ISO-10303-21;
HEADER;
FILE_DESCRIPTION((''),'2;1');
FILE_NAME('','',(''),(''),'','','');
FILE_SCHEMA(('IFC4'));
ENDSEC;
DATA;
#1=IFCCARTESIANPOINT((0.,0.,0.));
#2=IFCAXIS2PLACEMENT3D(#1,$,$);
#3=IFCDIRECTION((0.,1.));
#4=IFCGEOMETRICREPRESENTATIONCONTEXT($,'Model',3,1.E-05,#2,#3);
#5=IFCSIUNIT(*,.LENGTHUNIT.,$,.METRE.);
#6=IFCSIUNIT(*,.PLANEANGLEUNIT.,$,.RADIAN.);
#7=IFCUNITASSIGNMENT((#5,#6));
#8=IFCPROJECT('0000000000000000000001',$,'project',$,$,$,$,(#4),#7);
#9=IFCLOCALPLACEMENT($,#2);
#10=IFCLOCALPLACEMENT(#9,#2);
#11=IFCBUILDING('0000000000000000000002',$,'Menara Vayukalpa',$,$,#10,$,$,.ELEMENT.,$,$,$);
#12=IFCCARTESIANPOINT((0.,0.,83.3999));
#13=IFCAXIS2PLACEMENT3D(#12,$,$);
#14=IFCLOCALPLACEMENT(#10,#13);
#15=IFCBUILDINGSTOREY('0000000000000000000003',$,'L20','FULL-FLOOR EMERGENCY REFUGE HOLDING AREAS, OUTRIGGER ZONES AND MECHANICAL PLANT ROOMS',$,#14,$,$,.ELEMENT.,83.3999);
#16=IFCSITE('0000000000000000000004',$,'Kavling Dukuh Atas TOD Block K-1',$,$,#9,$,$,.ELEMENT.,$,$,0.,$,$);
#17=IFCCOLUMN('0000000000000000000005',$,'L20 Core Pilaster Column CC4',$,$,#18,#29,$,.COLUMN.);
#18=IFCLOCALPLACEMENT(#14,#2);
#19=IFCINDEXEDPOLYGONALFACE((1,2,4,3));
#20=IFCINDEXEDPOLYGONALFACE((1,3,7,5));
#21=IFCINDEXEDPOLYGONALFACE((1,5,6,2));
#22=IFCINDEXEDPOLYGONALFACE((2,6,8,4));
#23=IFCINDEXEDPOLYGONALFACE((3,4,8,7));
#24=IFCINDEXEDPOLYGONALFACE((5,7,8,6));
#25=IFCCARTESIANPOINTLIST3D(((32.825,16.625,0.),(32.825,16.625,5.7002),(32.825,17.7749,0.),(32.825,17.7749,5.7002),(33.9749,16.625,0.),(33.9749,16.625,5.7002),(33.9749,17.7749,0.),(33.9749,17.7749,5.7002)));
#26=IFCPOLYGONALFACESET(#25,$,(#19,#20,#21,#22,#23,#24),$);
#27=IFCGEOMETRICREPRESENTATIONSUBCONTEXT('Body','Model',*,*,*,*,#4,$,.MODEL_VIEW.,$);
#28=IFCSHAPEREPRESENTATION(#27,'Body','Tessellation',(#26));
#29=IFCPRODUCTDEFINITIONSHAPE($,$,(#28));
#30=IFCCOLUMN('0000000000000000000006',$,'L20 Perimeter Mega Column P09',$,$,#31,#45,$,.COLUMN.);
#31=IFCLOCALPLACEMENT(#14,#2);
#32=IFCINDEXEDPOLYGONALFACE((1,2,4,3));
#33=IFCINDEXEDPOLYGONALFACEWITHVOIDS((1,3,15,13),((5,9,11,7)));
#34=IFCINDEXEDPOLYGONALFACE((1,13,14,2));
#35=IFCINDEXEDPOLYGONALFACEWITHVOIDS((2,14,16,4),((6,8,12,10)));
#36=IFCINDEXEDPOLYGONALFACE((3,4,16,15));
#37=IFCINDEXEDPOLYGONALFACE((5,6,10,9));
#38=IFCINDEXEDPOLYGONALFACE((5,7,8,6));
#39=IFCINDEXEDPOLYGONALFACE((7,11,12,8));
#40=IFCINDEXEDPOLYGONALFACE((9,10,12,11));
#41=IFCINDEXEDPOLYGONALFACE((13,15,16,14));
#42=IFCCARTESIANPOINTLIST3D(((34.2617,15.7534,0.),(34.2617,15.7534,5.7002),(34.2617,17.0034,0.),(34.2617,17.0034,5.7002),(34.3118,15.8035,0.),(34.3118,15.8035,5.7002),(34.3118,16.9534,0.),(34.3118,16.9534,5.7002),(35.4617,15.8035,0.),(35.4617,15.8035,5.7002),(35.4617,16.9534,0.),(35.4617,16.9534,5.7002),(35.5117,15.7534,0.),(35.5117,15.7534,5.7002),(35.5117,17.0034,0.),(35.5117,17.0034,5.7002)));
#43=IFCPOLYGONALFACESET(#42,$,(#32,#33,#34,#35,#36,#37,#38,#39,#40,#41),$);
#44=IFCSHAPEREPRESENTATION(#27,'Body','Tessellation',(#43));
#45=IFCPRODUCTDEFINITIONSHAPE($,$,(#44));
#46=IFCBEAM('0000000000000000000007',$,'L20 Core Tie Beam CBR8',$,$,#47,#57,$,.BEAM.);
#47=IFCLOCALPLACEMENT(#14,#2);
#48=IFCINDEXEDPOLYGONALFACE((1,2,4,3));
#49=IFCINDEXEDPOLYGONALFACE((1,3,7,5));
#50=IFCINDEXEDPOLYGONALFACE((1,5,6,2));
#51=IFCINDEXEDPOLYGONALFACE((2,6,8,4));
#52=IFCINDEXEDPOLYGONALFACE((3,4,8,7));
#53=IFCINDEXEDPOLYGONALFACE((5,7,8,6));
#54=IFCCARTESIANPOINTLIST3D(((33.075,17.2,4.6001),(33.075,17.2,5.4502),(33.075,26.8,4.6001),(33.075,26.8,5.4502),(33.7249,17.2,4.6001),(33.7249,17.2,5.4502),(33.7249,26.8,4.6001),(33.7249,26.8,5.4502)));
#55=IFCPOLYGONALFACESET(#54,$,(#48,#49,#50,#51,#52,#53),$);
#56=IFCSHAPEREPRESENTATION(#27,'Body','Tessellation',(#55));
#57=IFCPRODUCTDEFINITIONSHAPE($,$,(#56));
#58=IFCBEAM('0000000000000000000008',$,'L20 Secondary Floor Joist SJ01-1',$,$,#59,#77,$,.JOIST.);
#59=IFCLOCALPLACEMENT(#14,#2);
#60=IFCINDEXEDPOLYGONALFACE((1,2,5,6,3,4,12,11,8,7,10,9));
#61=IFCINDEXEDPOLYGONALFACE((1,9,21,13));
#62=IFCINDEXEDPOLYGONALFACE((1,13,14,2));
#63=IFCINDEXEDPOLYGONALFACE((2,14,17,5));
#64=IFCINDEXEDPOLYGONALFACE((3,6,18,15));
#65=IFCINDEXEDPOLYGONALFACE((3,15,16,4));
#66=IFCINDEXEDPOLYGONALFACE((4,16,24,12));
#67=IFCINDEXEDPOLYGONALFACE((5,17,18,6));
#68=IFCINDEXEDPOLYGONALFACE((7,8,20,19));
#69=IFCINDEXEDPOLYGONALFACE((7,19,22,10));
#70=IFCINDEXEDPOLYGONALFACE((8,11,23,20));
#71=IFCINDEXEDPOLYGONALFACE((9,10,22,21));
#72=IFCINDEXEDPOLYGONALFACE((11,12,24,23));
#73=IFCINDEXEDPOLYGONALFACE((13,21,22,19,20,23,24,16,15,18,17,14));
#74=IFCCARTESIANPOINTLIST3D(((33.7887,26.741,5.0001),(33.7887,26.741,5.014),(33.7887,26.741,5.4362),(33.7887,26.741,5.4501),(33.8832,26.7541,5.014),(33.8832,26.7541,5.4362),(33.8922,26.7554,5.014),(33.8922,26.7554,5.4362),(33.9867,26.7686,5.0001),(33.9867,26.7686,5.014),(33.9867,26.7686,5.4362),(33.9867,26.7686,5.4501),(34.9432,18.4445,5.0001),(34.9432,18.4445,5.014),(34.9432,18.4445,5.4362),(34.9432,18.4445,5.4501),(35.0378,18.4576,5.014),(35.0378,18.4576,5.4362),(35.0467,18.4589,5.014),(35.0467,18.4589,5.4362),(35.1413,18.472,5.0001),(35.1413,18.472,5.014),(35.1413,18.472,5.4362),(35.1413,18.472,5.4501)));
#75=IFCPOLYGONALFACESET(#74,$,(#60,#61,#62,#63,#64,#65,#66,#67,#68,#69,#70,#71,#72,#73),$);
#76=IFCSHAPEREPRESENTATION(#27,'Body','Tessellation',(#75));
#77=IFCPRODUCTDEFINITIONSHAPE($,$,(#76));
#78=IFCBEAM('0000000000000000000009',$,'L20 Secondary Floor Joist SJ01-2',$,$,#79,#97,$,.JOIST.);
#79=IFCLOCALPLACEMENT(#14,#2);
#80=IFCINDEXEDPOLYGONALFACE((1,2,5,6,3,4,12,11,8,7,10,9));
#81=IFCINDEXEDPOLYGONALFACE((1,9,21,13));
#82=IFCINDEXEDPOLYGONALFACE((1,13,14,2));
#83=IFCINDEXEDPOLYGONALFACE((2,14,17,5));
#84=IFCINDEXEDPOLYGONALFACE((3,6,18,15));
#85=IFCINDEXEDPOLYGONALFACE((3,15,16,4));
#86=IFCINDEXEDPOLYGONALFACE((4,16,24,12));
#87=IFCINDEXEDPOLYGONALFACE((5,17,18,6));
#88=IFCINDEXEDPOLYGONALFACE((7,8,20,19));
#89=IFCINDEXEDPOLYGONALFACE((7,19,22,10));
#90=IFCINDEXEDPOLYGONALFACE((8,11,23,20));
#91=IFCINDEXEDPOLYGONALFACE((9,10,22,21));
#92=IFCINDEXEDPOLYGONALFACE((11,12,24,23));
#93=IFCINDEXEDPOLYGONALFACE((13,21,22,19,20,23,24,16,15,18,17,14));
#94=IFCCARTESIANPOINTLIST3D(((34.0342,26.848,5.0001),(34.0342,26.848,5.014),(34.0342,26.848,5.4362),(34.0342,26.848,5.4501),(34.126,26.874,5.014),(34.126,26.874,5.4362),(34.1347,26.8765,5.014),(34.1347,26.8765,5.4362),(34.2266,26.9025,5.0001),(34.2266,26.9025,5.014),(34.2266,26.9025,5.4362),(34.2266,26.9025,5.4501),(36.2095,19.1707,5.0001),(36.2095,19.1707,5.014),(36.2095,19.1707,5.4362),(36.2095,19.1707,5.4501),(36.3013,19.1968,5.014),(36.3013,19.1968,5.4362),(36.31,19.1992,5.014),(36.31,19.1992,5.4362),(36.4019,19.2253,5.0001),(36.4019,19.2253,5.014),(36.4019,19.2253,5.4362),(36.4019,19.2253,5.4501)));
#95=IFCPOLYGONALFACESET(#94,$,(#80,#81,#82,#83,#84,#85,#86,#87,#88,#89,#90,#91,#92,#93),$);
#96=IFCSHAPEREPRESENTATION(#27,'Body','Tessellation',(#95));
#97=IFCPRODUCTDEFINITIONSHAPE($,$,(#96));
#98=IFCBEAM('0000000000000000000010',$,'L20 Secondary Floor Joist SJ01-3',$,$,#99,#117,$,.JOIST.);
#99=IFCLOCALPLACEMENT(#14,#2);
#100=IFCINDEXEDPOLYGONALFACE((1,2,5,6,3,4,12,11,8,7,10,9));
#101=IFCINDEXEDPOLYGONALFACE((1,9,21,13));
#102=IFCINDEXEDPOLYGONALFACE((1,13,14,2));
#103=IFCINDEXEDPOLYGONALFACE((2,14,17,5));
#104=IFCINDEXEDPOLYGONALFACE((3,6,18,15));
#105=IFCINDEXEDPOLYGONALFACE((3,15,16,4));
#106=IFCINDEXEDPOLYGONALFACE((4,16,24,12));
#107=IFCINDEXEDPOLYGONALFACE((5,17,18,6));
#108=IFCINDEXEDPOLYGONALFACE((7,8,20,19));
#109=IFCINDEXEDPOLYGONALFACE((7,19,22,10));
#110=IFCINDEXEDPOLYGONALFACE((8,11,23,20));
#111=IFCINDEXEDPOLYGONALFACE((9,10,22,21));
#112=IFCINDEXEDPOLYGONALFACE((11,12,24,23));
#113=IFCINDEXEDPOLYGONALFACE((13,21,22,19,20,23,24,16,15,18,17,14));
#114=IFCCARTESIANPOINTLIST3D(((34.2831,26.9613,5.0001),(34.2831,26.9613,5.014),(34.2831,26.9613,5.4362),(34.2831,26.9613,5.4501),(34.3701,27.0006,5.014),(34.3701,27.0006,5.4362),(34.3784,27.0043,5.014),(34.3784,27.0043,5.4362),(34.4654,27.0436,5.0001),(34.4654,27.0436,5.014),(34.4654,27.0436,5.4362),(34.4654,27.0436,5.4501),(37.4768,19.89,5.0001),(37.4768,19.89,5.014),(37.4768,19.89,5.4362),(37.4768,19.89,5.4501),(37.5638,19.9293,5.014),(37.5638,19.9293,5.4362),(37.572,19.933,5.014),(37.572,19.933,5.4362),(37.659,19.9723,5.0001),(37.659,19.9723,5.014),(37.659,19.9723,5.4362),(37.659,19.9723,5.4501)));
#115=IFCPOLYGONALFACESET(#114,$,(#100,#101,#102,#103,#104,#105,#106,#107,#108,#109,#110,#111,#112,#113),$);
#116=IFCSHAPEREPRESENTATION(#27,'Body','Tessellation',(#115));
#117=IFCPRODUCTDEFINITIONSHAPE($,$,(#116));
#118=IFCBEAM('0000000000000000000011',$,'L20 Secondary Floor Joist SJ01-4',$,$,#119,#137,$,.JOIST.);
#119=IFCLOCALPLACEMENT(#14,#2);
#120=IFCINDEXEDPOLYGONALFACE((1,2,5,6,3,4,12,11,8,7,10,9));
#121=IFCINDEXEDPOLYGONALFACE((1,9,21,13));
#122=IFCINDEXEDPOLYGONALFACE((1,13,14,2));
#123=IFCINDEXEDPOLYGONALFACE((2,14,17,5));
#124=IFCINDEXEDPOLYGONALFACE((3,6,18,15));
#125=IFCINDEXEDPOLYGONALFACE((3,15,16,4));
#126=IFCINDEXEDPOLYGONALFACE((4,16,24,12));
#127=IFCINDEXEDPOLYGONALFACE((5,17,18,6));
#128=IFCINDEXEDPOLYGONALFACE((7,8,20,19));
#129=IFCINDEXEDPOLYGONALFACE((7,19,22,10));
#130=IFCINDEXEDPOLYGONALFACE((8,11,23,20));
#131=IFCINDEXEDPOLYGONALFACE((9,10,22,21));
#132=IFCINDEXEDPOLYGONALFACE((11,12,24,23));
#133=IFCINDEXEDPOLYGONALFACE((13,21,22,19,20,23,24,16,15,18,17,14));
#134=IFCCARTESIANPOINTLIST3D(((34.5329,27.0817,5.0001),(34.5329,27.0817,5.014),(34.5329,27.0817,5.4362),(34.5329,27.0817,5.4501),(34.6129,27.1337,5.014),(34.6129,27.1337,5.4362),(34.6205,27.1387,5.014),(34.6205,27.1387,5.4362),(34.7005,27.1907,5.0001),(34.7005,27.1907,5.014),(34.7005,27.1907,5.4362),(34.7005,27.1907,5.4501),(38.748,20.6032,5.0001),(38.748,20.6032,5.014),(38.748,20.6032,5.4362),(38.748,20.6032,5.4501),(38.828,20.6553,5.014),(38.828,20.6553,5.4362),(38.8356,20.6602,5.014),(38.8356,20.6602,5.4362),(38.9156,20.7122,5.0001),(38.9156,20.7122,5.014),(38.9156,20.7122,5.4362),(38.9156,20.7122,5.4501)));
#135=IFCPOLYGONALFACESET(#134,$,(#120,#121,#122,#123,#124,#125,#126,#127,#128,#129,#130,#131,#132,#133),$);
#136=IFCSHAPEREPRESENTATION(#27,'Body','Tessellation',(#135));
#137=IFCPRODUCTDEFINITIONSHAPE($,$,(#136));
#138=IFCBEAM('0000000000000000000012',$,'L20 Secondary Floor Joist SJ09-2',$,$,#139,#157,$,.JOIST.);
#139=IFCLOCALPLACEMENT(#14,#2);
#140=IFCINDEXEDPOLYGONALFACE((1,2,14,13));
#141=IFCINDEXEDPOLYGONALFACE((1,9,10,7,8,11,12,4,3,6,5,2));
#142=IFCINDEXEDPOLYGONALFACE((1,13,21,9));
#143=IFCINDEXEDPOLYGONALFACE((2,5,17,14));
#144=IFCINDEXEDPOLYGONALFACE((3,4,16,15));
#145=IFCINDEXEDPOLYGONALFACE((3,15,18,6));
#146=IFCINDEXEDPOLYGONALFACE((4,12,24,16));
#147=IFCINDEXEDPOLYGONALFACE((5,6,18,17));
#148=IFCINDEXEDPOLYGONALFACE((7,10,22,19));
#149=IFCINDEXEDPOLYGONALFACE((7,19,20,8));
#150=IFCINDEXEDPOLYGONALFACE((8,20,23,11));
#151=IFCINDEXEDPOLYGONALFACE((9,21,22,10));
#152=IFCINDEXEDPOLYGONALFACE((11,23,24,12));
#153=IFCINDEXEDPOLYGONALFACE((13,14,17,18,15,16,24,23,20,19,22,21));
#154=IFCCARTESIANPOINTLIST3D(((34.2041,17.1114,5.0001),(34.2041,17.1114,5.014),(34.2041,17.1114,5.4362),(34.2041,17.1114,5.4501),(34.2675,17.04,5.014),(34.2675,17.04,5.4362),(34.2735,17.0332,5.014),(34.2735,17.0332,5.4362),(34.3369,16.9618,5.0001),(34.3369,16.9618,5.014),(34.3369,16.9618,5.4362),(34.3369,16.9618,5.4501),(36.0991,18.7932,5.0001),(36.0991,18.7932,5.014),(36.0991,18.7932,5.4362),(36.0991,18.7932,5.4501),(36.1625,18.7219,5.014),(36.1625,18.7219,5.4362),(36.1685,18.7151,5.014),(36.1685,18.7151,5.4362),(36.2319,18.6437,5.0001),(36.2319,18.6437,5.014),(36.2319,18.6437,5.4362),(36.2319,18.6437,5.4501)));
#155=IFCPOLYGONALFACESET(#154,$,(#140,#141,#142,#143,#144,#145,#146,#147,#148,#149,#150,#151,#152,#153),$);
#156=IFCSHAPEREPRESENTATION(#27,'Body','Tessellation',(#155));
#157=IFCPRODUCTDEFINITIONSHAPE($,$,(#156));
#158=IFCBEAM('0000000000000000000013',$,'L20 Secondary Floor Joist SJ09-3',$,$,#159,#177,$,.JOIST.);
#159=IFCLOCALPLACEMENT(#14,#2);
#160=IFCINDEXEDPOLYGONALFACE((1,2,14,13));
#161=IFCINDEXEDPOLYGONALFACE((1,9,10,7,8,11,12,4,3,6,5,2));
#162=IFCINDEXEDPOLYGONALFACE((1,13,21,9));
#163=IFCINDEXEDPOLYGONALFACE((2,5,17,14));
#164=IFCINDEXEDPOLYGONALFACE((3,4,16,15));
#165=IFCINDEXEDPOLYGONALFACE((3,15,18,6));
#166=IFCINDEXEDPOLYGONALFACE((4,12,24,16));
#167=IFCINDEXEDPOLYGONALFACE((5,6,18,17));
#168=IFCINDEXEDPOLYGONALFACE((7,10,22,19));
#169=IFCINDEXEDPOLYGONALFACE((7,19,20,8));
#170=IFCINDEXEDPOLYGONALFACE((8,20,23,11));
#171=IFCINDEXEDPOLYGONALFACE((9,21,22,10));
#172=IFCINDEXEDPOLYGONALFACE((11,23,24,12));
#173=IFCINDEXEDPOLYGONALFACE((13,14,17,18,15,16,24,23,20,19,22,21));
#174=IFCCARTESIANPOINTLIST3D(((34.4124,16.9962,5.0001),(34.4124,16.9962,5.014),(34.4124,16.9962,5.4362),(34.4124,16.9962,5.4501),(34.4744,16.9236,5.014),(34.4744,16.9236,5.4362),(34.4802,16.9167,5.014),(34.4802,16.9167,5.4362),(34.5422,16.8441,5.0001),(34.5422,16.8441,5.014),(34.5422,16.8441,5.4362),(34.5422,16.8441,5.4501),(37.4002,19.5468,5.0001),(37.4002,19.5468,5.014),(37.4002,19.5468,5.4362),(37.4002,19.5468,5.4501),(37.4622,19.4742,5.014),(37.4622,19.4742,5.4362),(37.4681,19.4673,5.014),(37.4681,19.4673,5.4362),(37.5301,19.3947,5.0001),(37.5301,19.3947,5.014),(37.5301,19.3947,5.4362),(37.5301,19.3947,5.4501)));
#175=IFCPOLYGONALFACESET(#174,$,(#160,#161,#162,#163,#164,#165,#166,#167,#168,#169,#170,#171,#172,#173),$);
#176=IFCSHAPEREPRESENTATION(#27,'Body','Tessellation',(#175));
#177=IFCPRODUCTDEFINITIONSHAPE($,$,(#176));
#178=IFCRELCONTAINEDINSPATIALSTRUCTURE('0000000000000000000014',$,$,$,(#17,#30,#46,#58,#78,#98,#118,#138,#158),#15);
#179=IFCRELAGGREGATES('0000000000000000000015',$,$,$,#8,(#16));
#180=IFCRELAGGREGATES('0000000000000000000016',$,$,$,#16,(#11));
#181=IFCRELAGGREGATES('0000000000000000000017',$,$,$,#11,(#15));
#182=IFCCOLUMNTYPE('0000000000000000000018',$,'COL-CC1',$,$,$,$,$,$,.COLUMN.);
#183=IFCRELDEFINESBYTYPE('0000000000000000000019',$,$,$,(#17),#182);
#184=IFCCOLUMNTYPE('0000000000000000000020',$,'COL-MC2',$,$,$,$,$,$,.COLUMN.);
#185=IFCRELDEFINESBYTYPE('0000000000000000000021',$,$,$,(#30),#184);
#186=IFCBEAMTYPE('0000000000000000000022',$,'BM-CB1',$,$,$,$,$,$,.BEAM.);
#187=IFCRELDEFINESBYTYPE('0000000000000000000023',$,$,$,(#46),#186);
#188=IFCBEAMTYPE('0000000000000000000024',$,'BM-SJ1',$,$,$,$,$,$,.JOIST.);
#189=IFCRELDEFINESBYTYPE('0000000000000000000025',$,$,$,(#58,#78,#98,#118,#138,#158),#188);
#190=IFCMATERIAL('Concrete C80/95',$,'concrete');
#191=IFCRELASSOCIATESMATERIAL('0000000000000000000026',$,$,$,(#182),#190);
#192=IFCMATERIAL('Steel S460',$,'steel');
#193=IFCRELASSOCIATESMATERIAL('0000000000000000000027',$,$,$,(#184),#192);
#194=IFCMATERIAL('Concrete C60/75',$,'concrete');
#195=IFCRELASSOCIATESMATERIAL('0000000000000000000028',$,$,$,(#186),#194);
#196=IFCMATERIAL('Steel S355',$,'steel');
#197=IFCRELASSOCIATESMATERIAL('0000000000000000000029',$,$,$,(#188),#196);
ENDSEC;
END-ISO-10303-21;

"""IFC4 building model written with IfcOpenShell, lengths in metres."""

from ifc_helpers import new_model, si_unit, direction, frame, origin, origin_2d, place, context, subcontext, project, spatial, rectangle, hollow_rectangle, i_section, extrude, material, material_profile, profile_set, type_object, element, save


model = new_model("IFC4")

# Units and contexts
model_context = context("Model", 3, precision=1e-05, world=origin(), true_north=direction((0.0, 1.0)))
body_context = subcontext(model_context, "Body", "Model", "MODEL_VIEW")
ifc_project = project(units=[si_unit("LENGTHUNIT", "METRE"), si_unit("PLANEANGLEUNIT", "RADIAN")], contexts=[model_context])

# Site, building, storey
site_placement = place(None, origin())
site = spatial("IfcSite", under=ifc_project, at=site_placement, Name="Kavling Dukuh Atas TOD Block K-1", CompositionType="ELEMENT", RefElevation=0.0)
building_placement = place(site_placement, origin())
building = spatial("IfcBuilding", under=site, at=building_placement, Name="Menara Vayukalpa", CompositionType="ELEMENT")
storey_placement = place(building_placement, frame((0.0, 0.0, 83.3999)))
storey = spatial("IfcBuildingStorey", under=building, at=storey_placement, Name="L20", Description="FULL-FLOOR EMERGENCY REFUGE HOLDING AREAS, OUTRIGGER ZONES AND MECHANICAL PLANT ROOMS", CompositionType="ELEMENT", Elevation=83.3999)

# Columns
ifc_material_1 = material(Name="Concrete C80/95", Category="concrete")
ifc_material_profile_1 = material_profile(ifc_material_1, rectangle(XDim=1.1499, YDim=1.1499, at=origin_2d()), Name="RC 1150x1150")
ifc_profile_set_1 = profile_set([ifc_material_profile_1], Name="Concrete C80/95")
column_type_1 = type_object("IfcColumnType", Name="COL-CC1", PredefinedType="COLUMN", material=ifc_profile_set_1)
column_1_placement = place(storey_placement, frame((33.3999, 17.2, 0.0), z_axis=(0.0, 0.0, 1.0), x_axis=(1.0, 0.0, 0.0)))
element("IfcColumn", 1, at=column_1_placement, inside=storey, type_object=column_type_1, Name="L20 Core Pilaster Column CC4", PredefinedType="COLUMN", context=body_context, shape_type="SweptSolid", body=[
    extrude(rectangle(XDim=1.1499, YDim=1.1499, at=origin_2d()), origin(), (0.0, 0.0, 1.0), 5.7002),
])
ifc_material_2 = material(Name="Steel S460", Category="steel")
ifc_material_profile_2 = material_profile(ifc_material_2, hollow_rectangle(XDim=1.25, YDim=1.25, WallThickness=0.05, at=origin_2d()), Name="BOX 1250x1250x50")
ifc_profile_set_2 = profile_set([ifc_material_profile_2], Name="Steel S460")
column_type_2 = type_object("IfcColumnType", Name="COL-MC2", PredefinedType="COLUMN", material=ifc_profile_set_2)
column_2_placement = place(storey_placement, frame((34.8867, 16.3784, 0.0), z_axis=(0.0, 0.0, 1.0), x_axis=(1.0, 0.0, 0.0)))
element("IfcColumn", 2, at=column_2_placement, inside=storey, type_object=column_type_2, Name="L20 Perimeter Mega Column P09", PredefinedType="COLUMN", context=body_context, shape_type="SweptSolid", body=[
    extrude(hollow_rectangle(XDim=1.25, YDim=1.25, WallThickness=0.05, at=origin_2d()), origin(), (0.0, 0.0, 1.0), 5.7002),
])

# Beams
ifc_material_3 = material(Name="Concrete C60/75", Category="concrete")
ifc_material_profile_3 = material_profile(ifc_material_3, rectangle(XDim=0.6499, YDim=0.8501, at=origin_2d()), Name="RC 650x850")
ifc_profile_set_3 = profile_set([ifc_material_profile_3], Name="Concrete C60/75")
beam_type_1 = type_object("IfcBeamType", Name="BM-CB1", PredefinedType="BEAM", material=ifc_profile_set_3)
beam_1_placement = place(storey_placement, frame((33.3999, 17.2, 5.0251), z_axis=(0.0, 1.0, 0.0), x_axis=(-1.0, 0.0, 0.0)))
element("IfcBeam", 3, at=beam_1_placement, inside=storey, type_object=beam_type_1, Name="L20 Core Tie Beam CBR8", PredefinedType="BEAM", context=body_context, shape_type="SweptSolid", body=[
    extrude(rectangle(XDim=0.6499, YDim=0.8501, at=origin_2d()), origin(), (0.0, 0.0, 1.0), 9.6001),
])
ifc_material_4 = material(Name="Steel S355", Category="steel")
ifc_material_profile_4 = material_profile(ifc_material_4, i_section(OverallWidth=0.2, OverallDepth=0.45, WebThickness=0.009, FlangeThickness=0.0139, at=origin_2d()), Name="WF 450x200x9x14")
ifc_profile_set_4 = profile_set([ifc_material_profile_4], Name="Steel S355")
beam_type_2 = type_object("IfcBeamType", Name="BM-SJ1", PredefinedType="JOIST", material=ifc_profile_set_4)
beam_2_placement = place(storey_placement, frame((35.0422, 18.4583, 5.2251), z_axis=(-0.13783, 0.990456, 0.0), x_axis=(-0.990456, -0.13783, 0.0)))
element("IfcBeam", 4, at=beam_2_placement, inside=storey, type_object=beam_type_2, Name="L20 Secondary Floor Joist SJ01-1", PredefinedType="JOIST", context=body_context, shape_type="SweptSolid", body=[
    extrude(i_section(OverallWidth=0.2, OverallDepth=0.45, WebThickness=0.009, FlangeThickness=0.0139, at=origin_2d()), origin(), (0.0, 0.0, 1.0), 8.3765),
])
beam_3_placement = place(storey_placement, frame((36.3057, 19.198, 5.2251), z_axis=(-0.272611, 0.962124, 0.0), x_axis=(-0.962124, -0.272611, 0.0)))
element("IfcBeam", 5, at=beam_3_placement, inside=storey, type_object=beam_type_2, Name="L20 Secondary Floor Joist SJ01-2", PredefinedType="JOIST", context=body_context, shape_type="SweptSolid", body=[
    extrude(i_section(OverallWidth=0.2, OverallDepth=0.45, WebThickness=0.009, FlangeThickness=0.0139, at=origin_2d()), origin(), (0.0, 0.0, 1.0), 7.9795),
])
beam_4_placement = place(storey_placement, frame((37.5679, 19.9312, 5.2251), z_axis=(-0.411599, 0.911365, 0.0), x_axis=(-0.911365, -0.411599, 0.0)))
element("IfcBeam", 6, at=beam_4_placement, inside=storey, type_object=beam_type_2, Name="L20 Secondary Floor Joist SJ01-3", PredefinedType="JOIST", context=body_context, shape_type="SweptSolid", body=[
    extrude(i_section(OverallWidth=0.2, OverallDepth=0.45, WebThickness=0.009, FlangeThickness=0.0139, at=origin_2d()), origin(), (0.0, 0.0, 1.0), 7.759),
])
beam_5_placement = place(storey_placement, frame((38.8318, 20.6577, 5.2251), z_axis=(-0.545357, 0.838204, 0.0), x_axis=(-0.838204, -0.545357, 0.0)))
element("IfcBeam", 7, at=beam_5_placement, inside=storey, type_object=beam_type_2, Name="L20 Secondary Floor Joist SJ01-4", PredefinedType="JOIST", context=body_context, shape_type="SweptSolid", body=[
    extrude(i_section(OverallWidth=0.2, OverallDepth=0.45, WebThickness=0.009, FlangeThickness=0.0139, at=origin_2d()), origin(), (0.0, 0.0, 1.0), 7.729),
])
beam_6_placement = place(storey_placement, frame((34.2705, 17.0366, 5.2251), z_axis=(0.747914, 0.663795, 0.0), x_axis=(-0.663795, 0.747914, 0.0)))
element("IfcBeam", 8, at=beam_6_placement, inside=storey, type_object=beam_type_2, Name="L20 Secondary Floor Joist SJ09-2", PredefinedType="JOIST", context=body_context, shape_type="SweptSolid", body=[
    extrude(i_section(OverallWidth=0.2, OverallDepth=0.45, WebThickness=0.009, FlangeThickness=0.0139, at=origin_2d()), origin(), (0.0, 0.0, 1.0), 2.5337),
])
beam_7_placement = place(storey_placement, frame((34.4773, 16.9202, 5.2251), z_axis=(0.760567, 0.64926, 0.0), x_axis=(-0.64926, 0.760567, 0.0)))
element("IfcBeam", 9, at=beam_7_placement, inside=storey, type_object=beam_type_2, Name="L20 Secondary Floor Joist SJ09-3", PredefinedType="JOIST", context=body_context, shape_type="SweptSolid", body=[
    extrude(i_section(OverallWidth=0.2, OverallDepth=0.45, WebThickness=0.009, FlangeThickness=0.0139, at=origin_2d()), origin(), (0.0, 0.0, 1.0), 3.9285),
])

save(model, "model.ifc")
